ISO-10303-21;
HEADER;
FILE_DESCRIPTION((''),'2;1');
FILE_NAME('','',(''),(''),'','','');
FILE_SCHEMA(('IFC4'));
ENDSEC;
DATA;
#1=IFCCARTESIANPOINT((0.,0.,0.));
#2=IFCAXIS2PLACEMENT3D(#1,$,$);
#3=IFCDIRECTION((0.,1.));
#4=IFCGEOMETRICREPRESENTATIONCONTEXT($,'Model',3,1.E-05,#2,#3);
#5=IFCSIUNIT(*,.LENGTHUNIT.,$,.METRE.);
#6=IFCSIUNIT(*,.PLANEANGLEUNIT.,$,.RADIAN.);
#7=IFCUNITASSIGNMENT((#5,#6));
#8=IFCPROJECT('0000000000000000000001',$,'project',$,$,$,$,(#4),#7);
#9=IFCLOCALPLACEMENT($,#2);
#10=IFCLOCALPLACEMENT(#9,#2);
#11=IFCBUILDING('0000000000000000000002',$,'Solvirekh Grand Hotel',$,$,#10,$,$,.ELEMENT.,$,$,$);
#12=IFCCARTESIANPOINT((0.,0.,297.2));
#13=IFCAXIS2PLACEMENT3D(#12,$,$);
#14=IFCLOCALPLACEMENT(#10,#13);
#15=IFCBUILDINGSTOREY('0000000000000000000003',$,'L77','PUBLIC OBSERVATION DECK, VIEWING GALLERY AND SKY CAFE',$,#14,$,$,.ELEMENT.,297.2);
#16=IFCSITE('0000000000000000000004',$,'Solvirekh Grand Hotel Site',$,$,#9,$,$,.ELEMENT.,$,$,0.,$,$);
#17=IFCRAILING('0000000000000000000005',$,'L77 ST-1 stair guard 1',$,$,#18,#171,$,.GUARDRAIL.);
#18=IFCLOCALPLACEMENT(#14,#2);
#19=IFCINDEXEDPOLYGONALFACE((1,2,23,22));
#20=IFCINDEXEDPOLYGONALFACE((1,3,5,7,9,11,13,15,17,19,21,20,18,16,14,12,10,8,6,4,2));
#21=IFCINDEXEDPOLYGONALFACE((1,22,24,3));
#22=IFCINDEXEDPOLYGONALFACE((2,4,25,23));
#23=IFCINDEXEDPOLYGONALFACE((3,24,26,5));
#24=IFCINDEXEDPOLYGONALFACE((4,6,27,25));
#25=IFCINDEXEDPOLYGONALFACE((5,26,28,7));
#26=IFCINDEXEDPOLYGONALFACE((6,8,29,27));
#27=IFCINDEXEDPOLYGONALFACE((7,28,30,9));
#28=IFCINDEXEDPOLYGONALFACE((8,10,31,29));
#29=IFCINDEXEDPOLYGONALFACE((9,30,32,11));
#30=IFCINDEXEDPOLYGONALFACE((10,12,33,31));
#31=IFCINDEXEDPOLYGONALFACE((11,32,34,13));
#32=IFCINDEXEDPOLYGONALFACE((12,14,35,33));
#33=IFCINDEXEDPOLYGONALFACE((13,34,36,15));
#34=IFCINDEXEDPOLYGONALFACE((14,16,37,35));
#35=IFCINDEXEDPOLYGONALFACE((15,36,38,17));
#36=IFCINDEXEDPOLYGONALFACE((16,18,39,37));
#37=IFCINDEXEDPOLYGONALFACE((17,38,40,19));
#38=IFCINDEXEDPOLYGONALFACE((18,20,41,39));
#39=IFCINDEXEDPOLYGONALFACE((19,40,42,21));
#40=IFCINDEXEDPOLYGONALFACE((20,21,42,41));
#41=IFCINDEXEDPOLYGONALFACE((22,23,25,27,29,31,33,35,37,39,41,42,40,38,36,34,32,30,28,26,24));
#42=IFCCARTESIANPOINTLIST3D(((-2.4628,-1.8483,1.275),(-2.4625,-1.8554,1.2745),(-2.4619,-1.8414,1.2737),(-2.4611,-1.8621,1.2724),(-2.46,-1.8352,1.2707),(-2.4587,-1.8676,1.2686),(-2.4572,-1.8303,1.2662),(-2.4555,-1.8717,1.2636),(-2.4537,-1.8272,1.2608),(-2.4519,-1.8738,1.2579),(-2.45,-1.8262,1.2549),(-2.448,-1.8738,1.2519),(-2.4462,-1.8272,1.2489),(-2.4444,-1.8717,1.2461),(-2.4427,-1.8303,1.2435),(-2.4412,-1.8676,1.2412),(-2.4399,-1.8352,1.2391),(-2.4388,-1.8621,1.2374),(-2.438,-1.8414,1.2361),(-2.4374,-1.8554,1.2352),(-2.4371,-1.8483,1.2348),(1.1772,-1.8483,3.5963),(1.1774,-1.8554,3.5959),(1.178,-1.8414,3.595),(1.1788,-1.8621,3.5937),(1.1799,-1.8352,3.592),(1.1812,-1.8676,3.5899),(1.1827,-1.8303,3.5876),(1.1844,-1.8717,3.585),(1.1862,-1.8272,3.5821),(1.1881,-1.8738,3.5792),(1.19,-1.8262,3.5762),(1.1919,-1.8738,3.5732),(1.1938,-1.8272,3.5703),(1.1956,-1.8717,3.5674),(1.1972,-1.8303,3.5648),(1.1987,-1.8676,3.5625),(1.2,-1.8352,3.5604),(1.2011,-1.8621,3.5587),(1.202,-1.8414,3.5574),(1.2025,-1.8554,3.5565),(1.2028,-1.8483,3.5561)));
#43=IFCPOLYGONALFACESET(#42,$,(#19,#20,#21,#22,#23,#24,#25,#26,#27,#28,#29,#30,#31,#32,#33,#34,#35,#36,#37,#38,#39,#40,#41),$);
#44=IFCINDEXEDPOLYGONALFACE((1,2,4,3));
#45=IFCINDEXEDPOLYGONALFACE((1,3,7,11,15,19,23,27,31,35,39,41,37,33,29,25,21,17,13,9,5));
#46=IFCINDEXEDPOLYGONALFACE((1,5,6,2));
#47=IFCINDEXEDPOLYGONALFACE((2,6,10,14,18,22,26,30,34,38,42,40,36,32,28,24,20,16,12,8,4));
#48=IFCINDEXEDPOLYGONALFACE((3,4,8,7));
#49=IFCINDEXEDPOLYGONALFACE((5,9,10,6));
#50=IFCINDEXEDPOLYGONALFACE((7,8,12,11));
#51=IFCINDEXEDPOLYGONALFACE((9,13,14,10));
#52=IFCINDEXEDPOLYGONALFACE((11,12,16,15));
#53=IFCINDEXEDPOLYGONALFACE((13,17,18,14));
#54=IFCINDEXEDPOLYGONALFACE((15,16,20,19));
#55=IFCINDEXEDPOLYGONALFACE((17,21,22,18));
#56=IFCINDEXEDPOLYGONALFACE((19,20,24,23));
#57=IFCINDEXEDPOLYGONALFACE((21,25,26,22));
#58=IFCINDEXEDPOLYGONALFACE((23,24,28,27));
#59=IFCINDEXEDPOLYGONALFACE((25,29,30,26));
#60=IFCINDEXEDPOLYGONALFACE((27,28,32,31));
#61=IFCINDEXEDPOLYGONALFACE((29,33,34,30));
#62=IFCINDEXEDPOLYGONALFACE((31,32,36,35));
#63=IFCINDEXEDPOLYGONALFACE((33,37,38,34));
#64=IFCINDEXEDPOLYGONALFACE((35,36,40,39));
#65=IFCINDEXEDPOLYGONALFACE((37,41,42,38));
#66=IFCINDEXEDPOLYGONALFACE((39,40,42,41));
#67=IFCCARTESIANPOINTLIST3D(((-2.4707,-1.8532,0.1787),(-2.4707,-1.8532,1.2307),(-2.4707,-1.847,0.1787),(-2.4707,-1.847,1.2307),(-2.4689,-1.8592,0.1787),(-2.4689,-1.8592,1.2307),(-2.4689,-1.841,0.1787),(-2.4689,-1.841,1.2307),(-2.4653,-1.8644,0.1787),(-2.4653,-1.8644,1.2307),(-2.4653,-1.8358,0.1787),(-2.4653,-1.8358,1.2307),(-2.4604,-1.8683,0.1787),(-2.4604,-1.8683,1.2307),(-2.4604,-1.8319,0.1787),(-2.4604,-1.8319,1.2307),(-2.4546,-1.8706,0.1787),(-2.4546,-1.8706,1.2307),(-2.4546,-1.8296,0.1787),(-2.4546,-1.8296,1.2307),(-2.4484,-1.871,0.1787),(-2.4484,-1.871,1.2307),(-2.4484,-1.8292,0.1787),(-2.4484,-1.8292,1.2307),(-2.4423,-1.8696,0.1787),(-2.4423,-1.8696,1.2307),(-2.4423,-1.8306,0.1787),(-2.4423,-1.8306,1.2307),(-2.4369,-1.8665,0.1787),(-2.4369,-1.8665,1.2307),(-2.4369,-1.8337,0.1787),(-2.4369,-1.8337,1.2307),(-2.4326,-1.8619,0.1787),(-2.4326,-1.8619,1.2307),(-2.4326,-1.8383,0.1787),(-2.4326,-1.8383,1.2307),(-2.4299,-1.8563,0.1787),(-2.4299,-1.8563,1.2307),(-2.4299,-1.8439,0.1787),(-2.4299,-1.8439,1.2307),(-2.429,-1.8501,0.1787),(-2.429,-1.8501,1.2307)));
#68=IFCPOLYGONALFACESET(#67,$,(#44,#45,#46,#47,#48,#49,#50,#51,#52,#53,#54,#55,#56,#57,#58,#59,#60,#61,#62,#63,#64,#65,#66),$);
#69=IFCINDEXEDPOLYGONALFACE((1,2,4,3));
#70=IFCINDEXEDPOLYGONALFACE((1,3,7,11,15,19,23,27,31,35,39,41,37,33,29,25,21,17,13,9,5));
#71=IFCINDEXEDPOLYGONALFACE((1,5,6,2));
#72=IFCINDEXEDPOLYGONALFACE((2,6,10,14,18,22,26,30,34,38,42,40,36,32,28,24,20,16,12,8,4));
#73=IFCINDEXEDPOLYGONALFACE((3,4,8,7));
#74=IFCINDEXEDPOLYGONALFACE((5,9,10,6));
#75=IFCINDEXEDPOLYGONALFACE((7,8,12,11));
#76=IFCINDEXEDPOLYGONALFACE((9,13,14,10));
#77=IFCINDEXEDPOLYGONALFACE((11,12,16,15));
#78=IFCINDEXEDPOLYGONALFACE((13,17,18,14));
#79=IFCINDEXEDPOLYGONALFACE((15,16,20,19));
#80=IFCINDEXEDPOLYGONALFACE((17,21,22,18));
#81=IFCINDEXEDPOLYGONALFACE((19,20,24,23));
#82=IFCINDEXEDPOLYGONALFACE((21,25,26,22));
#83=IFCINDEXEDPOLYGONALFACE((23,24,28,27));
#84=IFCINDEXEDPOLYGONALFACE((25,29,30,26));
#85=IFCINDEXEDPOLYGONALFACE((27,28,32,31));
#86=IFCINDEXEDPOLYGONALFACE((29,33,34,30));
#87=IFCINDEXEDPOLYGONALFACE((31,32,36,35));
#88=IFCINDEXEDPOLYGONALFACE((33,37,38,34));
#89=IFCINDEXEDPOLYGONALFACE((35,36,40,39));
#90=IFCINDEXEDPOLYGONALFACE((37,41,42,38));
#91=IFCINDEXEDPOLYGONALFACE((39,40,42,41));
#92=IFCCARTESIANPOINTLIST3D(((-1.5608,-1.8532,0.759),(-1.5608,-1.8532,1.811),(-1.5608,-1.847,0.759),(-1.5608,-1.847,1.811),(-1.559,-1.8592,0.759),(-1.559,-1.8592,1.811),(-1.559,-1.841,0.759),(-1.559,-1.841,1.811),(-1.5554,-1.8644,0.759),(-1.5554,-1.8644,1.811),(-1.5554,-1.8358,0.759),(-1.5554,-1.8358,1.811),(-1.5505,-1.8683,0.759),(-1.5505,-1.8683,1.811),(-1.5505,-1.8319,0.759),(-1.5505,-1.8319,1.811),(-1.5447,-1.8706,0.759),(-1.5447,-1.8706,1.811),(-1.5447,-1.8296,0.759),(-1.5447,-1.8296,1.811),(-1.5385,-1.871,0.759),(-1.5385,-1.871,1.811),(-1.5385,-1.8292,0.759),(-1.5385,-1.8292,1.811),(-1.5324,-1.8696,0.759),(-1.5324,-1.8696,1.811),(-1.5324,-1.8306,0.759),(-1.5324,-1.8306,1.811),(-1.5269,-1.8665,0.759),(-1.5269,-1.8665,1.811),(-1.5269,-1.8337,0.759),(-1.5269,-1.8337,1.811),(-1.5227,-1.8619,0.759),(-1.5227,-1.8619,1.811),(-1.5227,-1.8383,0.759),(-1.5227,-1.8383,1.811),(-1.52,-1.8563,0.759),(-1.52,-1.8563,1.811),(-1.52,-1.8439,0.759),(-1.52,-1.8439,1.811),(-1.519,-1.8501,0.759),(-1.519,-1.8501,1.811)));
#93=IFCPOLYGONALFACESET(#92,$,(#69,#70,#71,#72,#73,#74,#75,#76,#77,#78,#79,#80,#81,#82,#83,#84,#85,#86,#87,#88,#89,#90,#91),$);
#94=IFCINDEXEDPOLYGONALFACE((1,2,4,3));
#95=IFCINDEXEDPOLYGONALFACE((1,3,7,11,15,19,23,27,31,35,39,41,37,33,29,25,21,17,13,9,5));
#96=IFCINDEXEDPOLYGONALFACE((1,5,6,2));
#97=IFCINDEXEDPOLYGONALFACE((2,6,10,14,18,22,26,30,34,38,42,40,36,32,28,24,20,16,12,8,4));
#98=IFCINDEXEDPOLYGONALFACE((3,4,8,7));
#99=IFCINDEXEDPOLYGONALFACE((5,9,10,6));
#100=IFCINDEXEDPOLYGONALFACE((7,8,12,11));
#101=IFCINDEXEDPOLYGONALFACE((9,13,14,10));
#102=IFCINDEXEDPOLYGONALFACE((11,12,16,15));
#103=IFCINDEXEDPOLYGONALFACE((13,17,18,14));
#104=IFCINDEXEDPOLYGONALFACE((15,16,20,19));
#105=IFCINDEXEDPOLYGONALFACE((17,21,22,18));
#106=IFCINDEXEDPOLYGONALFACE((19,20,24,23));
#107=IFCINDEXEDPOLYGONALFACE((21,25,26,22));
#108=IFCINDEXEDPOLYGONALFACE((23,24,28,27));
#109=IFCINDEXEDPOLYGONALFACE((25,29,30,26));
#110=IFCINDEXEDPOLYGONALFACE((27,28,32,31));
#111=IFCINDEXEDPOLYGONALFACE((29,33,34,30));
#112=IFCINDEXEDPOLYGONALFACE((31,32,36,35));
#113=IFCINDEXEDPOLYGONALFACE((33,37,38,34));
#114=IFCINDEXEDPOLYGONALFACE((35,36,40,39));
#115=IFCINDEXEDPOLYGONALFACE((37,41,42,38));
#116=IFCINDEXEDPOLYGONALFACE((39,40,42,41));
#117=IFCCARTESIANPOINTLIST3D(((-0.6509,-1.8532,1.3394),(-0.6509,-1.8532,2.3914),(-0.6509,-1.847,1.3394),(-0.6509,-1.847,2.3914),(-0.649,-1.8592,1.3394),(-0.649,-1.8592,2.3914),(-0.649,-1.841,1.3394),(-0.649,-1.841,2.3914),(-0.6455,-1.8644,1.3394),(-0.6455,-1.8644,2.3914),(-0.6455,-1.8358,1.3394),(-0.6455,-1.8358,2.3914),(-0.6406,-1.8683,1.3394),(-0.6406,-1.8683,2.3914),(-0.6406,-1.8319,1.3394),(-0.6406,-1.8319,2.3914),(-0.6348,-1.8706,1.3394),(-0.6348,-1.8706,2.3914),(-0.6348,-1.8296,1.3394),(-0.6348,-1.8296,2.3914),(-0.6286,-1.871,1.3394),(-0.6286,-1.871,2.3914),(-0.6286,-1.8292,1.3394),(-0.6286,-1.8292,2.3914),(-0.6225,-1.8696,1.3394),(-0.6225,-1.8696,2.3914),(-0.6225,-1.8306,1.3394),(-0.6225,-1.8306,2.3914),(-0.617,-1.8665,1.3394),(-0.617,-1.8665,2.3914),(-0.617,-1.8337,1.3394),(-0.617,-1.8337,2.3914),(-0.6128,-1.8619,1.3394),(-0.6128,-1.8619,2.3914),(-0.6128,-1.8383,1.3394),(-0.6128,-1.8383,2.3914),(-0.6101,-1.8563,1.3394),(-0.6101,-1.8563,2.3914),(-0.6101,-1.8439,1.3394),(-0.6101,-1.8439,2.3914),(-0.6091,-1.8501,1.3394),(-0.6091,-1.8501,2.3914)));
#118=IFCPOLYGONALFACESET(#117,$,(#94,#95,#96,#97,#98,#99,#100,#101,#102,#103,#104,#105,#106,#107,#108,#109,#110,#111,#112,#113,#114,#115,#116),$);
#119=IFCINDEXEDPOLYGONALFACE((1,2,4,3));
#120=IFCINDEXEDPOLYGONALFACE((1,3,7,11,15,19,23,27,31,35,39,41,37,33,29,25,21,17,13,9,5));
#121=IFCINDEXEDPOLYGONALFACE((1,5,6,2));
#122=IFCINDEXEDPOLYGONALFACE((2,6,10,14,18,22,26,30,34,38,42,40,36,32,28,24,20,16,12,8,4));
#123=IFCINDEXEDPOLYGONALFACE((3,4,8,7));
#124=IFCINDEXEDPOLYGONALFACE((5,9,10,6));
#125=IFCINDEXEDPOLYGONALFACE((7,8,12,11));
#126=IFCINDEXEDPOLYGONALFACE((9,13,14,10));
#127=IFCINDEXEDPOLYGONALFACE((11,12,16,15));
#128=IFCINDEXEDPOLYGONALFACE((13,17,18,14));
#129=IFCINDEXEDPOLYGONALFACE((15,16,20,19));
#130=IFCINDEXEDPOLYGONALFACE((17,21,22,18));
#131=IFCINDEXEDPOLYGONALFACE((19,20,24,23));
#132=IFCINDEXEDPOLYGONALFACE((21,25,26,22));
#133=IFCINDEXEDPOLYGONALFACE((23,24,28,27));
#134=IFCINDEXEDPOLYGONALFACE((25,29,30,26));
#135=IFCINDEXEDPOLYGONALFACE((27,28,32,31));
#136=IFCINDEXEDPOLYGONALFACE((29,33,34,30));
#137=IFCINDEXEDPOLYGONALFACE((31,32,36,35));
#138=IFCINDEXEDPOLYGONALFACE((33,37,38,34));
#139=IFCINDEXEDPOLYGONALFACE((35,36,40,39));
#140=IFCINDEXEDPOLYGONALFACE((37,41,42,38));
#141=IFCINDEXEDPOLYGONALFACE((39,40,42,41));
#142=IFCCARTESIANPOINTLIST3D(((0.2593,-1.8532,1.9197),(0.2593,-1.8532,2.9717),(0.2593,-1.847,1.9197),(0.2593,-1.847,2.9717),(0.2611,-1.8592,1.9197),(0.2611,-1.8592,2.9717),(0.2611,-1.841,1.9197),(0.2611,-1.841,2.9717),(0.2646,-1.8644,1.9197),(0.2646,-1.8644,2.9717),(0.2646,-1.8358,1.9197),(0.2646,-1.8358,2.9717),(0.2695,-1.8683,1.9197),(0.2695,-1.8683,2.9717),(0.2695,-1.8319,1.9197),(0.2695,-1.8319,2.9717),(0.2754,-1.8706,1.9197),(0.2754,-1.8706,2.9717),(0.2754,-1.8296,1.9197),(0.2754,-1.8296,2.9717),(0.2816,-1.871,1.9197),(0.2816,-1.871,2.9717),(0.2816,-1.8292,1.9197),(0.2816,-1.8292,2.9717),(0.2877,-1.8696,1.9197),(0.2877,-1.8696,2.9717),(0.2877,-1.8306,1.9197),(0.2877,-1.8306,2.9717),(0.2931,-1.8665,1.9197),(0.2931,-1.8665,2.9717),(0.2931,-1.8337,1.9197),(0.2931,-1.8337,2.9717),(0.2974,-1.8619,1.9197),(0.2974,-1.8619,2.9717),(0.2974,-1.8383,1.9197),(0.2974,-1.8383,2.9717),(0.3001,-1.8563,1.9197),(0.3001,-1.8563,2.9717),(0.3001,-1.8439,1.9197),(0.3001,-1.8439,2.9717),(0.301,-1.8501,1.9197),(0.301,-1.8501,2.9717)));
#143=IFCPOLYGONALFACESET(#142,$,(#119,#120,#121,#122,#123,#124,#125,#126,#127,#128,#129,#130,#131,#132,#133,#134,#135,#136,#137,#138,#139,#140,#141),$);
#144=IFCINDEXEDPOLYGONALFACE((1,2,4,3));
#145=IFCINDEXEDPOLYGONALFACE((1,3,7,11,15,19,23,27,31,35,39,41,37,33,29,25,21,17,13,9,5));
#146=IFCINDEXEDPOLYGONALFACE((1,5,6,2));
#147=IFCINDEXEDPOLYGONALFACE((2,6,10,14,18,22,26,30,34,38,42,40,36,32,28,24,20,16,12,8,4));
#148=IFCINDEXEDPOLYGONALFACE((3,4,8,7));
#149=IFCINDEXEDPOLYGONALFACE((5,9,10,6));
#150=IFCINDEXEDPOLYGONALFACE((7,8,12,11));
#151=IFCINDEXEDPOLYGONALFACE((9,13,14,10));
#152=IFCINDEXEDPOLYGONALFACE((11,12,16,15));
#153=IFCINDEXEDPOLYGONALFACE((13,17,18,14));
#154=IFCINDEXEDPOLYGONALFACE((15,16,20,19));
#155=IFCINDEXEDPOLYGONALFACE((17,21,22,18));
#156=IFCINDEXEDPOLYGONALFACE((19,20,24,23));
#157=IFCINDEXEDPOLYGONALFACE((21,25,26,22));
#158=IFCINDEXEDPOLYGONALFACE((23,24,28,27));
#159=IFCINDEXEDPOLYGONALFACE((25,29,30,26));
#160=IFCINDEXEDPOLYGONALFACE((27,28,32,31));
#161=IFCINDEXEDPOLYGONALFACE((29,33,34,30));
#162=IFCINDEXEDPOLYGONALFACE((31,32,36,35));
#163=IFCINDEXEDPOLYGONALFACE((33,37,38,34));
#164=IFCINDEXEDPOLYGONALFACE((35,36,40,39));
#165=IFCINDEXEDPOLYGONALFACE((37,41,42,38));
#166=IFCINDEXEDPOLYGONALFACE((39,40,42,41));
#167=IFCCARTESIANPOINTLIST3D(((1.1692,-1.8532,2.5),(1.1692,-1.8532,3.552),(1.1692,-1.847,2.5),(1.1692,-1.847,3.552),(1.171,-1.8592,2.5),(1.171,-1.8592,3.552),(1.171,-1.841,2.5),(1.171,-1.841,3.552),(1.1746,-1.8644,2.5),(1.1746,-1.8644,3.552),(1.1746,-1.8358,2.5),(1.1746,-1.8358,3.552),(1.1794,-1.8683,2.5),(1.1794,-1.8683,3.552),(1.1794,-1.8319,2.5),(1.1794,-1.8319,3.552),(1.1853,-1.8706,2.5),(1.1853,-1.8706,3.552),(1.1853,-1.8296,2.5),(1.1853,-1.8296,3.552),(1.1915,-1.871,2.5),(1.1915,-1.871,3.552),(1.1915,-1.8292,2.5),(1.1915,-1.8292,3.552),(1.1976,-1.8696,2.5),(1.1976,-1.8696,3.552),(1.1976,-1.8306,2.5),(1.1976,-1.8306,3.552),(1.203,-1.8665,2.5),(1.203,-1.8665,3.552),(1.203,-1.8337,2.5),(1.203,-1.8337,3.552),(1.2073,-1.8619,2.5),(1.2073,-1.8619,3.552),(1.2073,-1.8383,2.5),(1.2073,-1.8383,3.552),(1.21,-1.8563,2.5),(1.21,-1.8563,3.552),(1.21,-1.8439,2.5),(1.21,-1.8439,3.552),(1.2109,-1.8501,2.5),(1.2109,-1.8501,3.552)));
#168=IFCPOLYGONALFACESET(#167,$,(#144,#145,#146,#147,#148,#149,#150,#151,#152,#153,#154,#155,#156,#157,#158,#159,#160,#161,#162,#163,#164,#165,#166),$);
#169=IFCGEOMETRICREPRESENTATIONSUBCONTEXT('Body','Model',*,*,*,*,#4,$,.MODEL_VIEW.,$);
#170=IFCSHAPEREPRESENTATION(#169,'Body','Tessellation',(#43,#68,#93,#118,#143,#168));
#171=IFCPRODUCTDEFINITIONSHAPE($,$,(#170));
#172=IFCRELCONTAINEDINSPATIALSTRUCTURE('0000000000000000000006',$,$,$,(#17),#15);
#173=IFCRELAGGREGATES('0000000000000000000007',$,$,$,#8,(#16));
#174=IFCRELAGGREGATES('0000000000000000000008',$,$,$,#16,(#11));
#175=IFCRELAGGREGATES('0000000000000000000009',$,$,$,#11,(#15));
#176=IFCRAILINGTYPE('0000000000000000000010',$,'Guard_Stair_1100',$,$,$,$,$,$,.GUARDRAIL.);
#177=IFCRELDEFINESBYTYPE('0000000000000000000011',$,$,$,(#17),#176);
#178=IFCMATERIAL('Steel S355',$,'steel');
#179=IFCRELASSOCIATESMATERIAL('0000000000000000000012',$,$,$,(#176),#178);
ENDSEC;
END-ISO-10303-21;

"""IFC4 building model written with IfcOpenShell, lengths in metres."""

from ifc_helpers import new_model, si_unit, direction, frame, origin, origin_2d, place, context, subcontext, project, spatial, circle, extrude, material, type_object, element, save


model = new_model("IFC4")

# Units and contexts
model_context = context("Model", 3, precision=1e-05, world=origin(), true_north=direction((0.0, 1.0)))
body_context = subcontext(model_context, "Body", "Model", "MODEL_VIEW")
ifc_project = project(units=[si_unit("LENGTHUNIT", "METRE"), si_unit("PLANEANGLEUNIT", "RADIAN")], contexts=[model_context])

# Site, building, storey
site_placement = place(None, origin())
site = spatial("IfcSite", under=ifc_project, at=site_placement, Name="Solvirekh Grand Hotel Site", CompositionType="ELEMENT", RefElevation=0.0)
building_placement = place(site_placement, origin())
building = spatial("IfcBuilding", under=site, at=building_placement, Name="Solvirekh Grand Hotel", CompositionType="ELEMENT")
storey_placement = place(building_placement, frame((0.0, 0.0, 297.2)))
storey = spatial("IfcBuildingStorey", under=building, at=storey_placement, Name="L77", Description="PUBLIC OBSERVATION DECK, VIEWING GALLERY AND SKY CAFE", CompositionType="ELEMENT", Elevation=297.2)

# Railing
ifc_material_1 = material(Name="Steel S355", Category="steel")
railing_type_1 = type_object("IfcRailingType", Name="Guard_Stair_1100", PredefinedType="GUARDRAIL", material=ifc_material_1)
railing_1_placement = place(storey_placement, frame((-2.45, -1.8501, 0.1787)))
element("IfcRailing", 1, at=railing_1_placement, inside=storey, type_object=railing_type_1, Name="L77 ST-1 stair guard 1", PredefinedType="GUARDRAIL", context=body_context, shape_type="SweptSolid", body=[
    extrude(circle(Radius=0.0239, at=origin_2d()), frame((0.0, 0.0, 1.0762), z_axis=(0.843137, 0.0, 0.537699), x_axis=(0.0, 1.0, 0.0)), (0.0, 0.0, 1.0), 4.3171),
    extrude(circle(Radius=0.021, at=origin_2d()), origin(), (0.0, 0.0, 1.0), 1.052),
    extrude(circle(Radius=0.021, at=origin_2d()), frame((0.9099, 0.0, 0.5803)), (0.0, 0.0, 1.0), 1.052),
    extrude(circle(Radius=0.021, at=origin_2d()), frame((1.8198, 0.0, 1.1606)), (0.0, 0.0, 1.0), 1.052),
    extrude(circle(Radius=0.021, at=origin_2d()), frame((2.73, 0.0, 1.741)), (0.0, 0.0, 1.0), 1.052),
    extrude(circle(Radius=0.021, at=origin_2d()), frame((3.6399, 0.0, 2.3213)), (0.0, 0.0, 1.0), 1.052),
])

save(model, "model.ifc")
